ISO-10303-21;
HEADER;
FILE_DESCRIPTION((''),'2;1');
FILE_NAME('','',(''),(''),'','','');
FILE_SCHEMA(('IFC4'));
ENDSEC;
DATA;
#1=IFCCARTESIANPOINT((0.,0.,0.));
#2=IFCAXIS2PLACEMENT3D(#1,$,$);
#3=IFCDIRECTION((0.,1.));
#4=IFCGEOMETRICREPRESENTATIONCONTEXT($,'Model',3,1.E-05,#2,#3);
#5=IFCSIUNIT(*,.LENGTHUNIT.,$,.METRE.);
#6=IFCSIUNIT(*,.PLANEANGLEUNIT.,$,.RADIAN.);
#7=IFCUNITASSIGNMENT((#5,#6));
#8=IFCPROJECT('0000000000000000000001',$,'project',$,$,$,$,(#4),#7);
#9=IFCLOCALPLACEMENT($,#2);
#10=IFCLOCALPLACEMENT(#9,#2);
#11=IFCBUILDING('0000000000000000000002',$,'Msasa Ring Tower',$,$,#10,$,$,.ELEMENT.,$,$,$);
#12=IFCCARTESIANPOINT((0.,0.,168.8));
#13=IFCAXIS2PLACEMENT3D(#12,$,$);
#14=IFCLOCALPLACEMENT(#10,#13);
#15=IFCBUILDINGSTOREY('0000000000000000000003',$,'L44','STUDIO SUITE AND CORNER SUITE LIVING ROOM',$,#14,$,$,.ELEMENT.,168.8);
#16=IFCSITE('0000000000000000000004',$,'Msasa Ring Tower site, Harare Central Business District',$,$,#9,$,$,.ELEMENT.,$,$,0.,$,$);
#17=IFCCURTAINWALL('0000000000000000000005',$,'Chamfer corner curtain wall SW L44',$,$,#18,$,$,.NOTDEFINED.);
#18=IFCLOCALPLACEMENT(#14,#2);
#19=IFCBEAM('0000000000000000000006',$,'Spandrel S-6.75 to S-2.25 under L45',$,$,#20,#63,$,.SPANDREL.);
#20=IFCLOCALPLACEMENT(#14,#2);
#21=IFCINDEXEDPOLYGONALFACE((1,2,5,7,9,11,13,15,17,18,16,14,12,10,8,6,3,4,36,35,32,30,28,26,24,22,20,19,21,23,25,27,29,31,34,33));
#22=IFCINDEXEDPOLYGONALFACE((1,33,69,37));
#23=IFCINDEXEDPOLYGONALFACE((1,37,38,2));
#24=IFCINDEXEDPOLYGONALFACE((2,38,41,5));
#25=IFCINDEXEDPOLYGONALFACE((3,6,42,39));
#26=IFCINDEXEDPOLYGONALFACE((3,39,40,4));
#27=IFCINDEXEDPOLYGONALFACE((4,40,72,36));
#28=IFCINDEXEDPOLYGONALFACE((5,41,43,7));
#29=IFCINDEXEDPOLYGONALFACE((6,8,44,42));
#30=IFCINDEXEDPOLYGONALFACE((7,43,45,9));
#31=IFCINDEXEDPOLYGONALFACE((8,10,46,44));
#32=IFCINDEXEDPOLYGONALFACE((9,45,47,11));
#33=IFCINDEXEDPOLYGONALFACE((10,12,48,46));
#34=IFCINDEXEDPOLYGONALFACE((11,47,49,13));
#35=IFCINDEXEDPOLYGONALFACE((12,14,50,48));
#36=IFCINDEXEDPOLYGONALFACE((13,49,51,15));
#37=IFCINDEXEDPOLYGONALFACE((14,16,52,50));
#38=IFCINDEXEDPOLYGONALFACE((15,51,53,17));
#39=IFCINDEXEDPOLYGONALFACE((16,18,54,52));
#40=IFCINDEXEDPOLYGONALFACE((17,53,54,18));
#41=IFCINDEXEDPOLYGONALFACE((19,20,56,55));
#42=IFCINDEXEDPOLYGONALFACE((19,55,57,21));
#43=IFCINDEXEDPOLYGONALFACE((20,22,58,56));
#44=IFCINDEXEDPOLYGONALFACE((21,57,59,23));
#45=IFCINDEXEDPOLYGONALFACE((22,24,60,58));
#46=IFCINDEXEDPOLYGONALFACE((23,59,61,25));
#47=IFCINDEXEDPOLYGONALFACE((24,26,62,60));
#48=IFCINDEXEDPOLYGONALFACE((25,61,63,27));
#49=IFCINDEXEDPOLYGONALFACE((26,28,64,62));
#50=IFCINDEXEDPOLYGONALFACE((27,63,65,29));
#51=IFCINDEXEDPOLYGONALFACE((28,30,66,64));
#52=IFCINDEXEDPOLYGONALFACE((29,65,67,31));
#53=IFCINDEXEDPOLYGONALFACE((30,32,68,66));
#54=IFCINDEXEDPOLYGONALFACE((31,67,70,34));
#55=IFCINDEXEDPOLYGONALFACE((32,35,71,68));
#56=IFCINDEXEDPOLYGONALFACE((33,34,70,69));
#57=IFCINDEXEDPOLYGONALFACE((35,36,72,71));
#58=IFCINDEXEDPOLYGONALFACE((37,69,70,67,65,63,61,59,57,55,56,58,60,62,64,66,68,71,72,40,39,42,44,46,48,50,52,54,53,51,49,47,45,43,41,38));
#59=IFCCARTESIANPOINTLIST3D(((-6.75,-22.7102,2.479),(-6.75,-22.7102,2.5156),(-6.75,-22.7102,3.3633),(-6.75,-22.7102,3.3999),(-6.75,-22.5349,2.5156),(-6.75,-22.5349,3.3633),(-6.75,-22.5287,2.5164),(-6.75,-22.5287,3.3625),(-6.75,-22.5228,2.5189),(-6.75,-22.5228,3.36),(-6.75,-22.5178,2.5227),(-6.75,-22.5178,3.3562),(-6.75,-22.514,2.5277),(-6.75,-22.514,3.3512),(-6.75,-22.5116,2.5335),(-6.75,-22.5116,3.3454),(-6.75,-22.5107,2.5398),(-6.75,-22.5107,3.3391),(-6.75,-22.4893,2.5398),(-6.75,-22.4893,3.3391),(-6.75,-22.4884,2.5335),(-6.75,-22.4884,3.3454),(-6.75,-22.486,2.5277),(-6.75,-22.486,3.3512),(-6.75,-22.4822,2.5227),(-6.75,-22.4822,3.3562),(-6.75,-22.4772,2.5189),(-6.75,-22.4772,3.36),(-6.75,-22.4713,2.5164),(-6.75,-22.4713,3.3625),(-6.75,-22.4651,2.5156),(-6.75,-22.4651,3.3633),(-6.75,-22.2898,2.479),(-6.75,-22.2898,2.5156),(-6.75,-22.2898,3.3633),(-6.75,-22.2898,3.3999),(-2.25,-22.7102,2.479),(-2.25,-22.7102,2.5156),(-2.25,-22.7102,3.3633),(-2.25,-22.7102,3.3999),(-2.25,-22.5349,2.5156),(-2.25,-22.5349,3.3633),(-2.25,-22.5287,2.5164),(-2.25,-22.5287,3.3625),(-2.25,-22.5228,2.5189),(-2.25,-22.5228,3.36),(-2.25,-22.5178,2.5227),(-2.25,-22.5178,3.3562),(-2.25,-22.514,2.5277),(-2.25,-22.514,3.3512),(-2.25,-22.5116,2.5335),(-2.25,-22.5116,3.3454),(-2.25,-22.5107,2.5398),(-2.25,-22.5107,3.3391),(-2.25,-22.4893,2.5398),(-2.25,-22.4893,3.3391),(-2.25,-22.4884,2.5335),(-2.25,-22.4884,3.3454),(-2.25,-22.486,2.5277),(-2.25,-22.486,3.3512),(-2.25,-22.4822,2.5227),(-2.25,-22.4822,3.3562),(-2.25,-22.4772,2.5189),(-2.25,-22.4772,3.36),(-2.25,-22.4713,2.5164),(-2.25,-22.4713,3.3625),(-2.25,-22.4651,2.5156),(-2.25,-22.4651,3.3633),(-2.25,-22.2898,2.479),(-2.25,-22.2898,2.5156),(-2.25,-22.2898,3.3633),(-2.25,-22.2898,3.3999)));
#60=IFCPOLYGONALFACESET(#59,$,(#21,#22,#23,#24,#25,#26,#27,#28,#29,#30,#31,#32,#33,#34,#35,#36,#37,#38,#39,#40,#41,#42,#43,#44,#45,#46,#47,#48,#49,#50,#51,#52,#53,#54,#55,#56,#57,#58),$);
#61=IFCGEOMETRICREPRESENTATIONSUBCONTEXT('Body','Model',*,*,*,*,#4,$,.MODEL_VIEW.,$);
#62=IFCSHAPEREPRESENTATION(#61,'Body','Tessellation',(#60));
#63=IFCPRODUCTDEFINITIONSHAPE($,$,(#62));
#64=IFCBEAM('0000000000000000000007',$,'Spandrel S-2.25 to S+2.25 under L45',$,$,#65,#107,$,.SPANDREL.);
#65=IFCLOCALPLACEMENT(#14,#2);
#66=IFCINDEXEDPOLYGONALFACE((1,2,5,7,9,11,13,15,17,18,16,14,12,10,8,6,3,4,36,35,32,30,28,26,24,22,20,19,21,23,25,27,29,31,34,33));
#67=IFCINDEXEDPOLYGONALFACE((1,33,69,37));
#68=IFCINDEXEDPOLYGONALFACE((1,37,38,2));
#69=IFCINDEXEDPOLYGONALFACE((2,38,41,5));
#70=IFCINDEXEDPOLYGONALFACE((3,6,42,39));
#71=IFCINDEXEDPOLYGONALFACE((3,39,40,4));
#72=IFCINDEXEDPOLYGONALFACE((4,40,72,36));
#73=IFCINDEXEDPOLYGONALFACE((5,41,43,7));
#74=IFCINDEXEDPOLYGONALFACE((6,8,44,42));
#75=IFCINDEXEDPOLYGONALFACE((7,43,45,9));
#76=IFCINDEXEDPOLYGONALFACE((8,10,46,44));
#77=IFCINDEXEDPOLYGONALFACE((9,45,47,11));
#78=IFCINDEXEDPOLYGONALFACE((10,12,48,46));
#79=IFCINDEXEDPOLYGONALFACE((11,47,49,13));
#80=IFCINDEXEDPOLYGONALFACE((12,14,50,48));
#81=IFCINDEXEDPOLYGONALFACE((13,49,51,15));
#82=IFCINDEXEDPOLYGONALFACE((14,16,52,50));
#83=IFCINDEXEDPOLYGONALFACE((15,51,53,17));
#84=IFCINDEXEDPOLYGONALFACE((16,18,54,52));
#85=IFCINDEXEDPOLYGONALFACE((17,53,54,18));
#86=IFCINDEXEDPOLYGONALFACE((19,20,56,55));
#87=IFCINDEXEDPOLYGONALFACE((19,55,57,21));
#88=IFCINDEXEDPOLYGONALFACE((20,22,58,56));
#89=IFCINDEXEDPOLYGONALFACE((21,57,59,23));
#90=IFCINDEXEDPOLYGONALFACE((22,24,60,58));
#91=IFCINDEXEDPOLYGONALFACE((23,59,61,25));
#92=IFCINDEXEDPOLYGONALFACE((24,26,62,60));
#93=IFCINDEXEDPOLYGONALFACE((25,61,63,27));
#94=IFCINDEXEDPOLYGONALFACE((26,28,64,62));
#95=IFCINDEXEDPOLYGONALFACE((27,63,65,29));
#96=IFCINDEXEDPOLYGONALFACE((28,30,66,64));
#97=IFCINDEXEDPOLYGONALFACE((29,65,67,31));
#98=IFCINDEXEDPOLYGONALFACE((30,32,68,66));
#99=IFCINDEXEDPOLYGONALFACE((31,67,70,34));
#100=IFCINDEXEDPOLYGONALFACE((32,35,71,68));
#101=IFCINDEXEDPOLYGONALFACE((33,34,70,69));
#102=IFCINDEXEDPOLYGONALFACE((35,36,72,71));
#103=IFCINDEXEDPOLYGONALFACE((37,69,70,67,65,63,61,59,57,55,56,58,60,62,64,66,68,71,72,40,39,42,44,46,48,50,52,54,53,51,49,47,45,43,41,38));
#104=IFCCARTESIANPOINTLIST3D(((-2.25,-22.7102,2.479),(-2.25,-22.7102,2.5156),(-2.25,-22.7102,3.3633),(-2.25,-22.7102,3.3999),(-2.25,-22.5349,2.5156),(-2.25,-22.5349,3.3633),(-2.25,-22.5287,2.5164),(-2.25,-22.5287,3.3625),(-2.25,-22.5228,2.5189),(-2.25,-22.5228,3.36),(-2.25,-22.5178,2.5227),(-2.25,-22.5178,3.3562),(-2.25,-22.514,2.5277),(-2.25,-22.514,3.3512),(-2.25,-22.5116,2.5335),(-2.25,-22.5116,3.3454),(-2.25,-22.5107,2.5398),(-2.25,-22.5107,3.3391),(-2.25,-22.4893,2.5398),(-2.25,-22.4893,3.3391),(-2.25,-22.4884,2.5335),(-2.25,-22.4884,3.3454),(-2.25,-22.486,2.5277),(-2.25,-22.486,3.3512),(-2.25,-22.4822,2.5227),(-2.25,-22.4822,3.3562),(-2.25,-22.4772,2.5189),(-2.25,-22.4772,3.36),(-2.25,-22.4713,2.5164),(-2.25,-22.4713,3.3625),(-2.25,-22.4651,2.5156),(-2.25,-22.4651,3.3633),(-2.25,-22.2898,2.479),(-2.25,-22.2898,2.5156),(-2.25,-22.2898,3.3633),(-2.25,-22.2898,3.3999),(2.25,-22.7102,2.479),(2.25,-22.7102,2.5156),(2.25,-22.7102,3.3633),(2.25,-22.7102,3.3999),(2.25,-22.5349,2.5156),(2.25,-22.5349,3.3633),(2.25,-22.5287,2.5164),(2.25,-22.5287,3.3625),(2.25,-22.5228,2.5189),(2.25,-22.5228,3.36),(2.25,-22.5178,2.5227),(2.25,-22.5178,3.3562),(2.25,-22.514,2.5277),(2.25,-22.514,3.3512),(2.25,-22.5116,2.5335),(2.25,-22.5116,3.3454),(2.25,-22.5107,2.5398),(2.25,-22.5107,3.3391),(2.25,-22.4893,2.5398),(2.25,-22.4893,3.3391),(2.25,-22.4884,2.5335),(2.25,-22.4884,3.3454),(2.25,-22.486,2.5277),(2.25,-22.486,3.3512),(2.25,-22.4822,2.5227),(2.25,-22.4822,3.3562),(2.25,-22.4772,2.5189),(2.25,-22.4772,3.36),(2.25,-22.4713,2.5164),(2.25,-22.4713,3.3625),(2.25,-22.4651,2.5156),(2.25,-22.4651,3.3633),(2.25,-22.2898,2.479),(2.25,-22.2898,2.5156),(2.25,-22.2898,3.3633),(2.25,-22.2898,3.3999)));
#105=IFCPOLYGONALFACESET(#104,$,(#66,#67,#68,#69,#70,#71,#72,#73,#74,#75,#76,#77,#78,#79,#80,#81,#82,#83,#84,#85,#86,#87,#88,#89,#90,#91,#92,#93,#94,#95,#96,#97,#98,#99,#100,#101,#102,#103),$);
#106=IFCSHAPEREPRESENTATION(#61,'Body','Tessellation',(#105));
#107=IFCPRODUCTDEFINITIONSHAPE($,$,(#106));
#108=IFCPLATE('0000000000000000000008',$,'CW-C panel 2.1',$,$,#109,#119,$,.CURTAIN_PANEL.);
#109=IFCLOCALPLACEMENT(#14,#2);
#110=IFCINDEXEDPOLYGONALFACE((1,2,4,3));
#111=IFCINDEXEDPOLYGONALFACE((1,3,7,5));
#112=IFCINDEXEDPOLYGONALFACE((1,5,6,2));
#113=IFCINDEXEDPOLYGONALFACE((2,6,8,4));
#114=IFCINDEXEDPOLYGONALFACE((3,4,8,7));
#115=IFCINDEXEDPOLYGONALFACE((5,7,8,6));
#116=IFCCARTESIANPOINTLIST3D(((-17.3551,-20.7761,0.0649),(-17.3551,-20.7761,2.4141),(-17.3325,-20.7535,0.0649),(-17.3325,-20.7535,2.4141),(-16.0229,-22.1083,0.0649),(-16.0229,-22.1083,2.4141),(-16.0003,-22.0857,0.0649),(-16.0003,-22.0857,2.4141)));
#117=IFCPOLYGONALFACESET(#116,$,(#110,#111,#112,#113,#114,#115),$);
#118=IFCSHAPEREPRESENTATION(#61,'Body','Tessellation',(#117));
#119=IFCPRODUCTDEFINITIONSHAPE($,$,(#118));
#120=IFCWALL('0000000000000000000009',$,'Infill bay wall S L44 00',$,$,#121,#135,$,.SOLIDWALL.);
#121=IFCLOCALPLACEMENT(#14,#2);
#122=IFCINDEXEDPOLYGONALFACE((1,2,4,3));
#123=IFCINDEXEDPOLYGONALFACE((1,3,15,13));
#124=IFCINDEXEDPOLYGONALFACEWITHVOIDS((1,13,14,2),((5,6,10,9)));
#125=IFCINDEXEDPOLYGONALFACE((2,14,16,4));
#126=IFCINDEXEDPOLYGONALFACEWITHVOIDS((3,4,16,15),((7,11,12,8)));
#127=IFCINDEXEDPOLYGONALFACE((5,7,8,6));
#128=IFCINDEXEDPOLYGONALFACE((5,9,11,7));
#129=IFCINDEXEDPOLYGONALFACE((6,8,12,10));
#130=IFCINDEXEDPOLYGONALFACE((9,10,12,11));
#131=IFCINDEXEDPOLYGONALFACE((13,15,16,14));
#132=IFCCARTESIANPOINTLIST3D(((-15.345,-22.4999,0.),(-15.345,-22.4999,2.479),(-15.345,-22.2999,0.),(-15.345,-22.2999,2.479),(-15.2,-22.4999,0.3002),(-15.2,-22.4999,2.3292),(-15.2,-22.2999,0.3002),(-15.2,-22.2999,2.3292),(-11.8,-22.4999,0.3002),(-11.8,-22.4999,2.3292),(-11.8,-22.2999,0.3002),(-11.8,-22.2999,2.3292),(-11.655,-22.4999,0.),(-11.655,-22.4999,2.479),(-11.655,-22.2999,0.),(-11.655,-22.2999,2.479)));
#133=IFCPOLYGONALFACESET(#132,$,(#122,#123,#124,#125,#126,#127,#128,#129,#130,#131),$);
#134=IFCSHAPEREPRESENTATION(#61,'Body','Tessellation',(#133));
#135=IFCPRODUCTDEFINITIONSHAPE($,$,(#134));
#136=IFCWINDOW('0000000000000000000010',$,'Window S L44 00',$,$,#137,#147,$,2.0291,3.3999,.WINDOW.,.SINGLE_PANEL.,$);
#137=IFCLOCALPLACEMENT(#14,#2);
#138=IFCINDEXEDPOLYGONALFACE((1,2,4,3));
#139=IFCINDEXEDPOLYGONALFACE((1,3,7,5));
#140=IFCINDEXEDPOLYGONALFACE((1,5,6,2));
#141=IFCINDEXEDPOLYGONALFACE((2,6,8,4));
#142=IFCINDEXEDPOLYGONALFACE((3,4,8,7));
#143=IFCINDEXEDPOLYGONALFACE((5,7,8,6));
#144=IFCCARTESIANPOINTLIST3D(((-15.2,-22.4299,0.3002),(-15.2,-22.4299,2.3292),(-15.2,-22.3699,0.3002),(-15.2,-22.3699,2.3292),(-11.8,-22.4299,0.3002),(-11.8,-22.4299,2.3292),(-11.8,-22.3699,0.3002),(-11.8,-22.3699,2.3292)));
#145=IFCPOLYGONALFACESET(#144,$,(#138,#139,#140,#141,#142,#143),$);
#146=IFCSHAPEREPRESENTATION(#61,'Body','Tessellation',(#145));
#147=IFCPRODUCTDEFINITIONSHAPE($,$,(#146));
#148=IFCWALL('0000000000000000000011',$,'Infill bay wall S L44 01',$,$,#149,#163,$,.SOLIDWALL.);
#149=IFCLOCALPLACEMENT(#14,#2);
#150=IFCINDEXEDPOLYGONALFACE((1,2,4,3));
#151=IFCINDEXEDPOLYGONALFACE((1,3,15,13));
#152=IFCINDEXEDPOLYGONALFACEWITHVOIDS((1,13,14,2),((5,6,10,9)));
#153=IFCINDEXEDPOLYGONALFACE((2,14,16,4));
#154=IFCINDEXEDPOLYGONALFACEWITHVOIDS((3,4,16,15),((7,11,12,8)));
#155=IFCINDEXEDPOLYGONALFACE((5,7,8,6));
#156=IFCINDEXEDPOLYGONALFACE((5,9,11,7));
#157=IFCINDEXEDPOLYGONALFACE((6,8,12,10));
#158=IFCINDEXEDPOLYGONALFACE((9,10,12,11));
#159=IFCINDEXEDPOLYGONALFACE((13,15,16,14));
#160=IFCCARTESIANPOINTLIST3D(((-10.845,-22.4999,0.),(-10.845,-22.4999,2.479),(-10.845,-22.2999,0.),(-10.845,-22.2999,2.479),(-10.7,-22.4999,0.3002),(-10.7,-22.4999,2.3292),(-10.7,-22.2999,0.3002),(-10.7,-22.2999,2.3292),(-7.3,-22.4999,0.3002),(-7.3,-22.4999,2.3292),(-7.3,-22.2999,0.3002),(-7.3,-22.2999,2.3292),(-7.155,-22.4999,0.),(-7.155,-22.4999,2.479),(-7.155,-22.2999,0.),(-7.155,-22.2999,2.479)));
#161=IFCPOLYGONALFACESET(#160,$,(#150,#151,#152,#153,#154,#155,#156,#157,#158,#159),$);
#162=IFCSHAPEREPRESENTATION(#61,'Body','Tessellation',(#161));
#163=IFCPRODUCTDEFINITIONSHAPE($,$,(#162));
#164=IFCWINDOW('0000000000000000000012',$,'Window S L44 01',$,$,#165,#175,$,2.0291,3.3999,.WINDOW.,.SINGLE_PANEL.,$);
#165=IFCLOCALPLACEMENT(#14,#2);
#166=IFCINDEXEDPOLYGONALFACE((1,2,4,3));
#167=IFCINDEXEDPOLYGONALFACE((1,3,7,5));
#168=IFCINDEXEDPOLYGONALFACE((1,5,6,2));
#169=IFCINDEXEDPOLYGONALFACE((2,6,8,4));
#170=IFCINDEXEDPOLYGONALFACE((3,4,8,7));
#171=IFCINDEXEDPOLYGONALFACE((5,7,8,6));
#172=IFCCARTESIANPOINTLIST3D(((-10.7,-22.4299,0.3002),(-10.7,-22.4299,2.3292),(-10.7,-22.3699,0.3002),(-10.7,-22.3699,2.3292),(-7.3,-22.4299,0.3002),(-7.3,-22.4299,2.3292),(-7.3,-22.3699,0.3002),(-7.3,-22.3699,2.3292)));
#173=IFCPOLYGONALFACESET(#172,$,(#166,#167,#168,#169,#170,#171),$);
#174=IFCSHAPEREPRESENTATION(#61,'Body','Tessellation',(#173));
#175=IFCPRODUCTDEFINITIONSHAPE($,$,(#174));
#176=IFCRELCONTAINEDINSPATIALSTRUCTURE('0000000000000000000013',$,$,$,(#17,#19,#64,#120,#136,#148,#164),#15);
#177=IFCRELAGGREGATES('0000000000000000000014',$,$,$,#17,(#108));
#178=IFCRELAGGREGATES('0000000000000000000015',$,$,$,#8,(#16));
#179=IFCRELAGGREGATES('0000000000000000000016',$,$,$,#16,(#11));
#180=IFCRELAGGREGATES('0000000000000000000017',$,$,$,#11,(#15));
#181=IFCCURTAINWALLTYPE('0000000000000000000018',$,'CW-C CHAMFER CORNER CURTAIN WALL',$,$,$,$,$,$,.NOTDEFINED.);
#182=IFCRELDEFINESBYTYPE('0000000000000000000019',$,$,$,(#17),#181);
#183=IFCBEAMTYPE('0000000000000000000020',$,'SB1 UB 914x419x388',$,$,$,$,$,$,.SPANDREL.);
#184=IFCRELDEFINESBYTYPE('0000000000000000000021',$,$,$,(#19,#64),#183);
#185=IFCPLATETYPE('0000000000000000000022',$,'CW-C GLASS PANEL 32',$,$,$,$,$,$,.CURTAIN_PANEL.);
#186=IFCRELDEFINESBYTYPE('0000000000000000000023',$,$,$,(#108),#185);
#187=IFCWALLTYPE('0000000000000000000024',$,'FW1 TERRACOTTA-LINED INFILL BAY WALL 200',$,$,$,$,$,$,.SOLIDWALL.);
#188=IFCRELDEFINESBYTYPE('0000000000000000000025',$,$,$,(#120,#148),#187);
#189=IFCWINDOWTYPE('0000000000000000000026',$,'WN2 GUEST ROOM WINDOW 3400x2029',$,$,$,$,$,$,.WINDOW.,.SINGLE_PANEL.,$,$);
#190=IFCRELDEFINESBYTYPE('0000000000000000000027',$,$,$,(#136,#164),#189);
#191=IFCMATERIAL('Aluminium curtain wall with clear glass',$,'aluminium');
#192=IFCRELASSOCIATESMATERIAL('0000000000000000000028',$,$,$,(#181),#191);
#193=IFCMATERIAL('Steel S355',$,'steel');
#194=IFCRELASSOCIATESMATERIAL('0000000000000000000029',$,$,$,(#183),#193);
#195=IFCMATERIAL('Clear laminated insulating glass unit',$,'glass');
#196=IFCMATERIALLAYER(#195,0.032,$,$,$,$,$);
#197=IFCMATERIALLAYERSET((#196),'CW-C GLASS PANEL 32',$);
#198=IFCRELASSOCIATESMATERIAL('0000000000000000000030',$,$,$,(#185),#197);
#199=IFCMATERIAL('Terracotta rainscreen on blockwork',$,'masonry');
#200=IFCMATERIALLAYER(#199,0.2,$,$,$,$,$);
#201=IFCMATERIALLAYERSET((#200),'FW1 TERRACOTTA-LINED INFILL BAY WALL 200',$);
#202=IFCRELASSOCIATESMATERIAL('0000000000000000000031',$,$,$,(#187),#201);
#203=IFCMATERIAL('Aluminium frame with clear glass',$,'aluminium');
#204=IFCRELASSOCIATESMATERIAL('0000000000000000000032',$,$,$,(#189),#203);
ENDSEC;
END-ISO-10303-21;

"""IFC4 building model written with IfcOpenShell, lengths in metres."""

from ifc_helpers import new_model, si_unit, direction, frame, frame_2d, origin, origin_2d, place, context, subcontext, project, spatial, rectangle, i_section, extrude, material, layer, layer_set, material_profile, profile_set, type_object, element, fill, aggregate, save


model = new_model("IFC4")

# Units and contexts
model_context = context("Model", 3, precision=1e-05, world=origin(), true_north=direction((0.0, 1.0)))
body_context = subcontext(model_context, "Body", "Model", "MODEL_VIEW")
ifc_project = project(units=[si_unit("LENGTHUNIT", "METRE"), si_unit("PLANEANGLEUNIT", "RADIAN")], contexts=[model_context])

# Site, building, storey
site_placement = place(None, origin())
site = spatial("IfcSite", under=ifc_project, at=site_placement, Name="Msasa Ring Tower site, Harare Central Business District", CompositionType="ELEMENT", RefElevation=0.0)
building_placement = place(site_placement, origin())
building = spatial("IfcBuilding", under=site, at=building_placement, Name="Msasa Ring Tower", CompositionType="ELEMENT")
storey_placement = place(building_placement, frame((0.0, 0.0, 168.8)))
storey = spatial("IfcBuildingStorey", under=building, at=storey_placement, Name="L44", Description="STUDIO SUITE AND CORNER SUITE LIVING ROOM", CompositionType="ELEMENT", Elevation=168.8)

# Curtain wall
ifc_material_1 = material(Name="Aluminium curtain wall with clear glass", Category="aluminium")
curtain_wall_type = type_object("IfcCurtainWallType", Name="CW-C CHAMFER CORNER CURTAIN WALL", PredefinedType="NOTDEFINED", material=ifc_material_1)
curtain_wall_placement = place(storey_placement, origin())
curtain_wall = element("IfcCurtainWall", 1, at=curtain_wall_placement, inside=storey, type_object=curtain_wall_type, Name="Chamfer corner curtain wall SW L44", PredefinedType="NOTDEFINED")

# Beams
ifc_material_2 = material(Name="Steel S355", Category="steel")
ifc_material_profile_1 = material_profile(ifc_material_2, i_section(OverallWidth=0.4204, OverallDepth=0.9209, WebThickness=0.0215, FlangeThickness=0.0366, FilletRadius=0.0242, at=origin_2d()), Name="UB 914x419x388")
ifc_profile_set_1 = profile_set([ifc_material_profile_1], Name="Steel S355")
beam_type_1 = type_object("IfcBeamType", Name="SB1 UB 914x419x388", PredefinedType="SPANDREL", material=ifc_profile_set_1)
for number, where, z_axis, x_axis, name in (
    (2, (-6.75, -22.5, 2.9395), (1.0, 0.0, 0.0), (0.0, 1.0, 0.0), "Spandrel S-6.75 to S-2.25 under L45"),
    (3, (-2.25, -22.5, 2.9395), (1.0, 0.0, 0.0), (0.0, 1.0, 0.0), "Spandrel S-2.25 to S+2.25 under L45"),
):
    element("IfcBeam", number, at=place(storey_placement, frame(where, z_axis=z_axis, x_axis=x_axis)), inside=storey, type_object=beam_type_1, Name=name, PredefinedType="SPANDREL", context=body_context, shape_type="SweptSolid", body=[
        extrude(i_section(OverallWidth=0.4204, OverallDepth=0.9209, WebThickness=0.0215, FlangeThickness=0.0366, FilletRadius=0.0242, at=origin_2d()), origin(), (0.0, 0.0, 1.0), 4.5),
    ])

# Plate
ifc_material_3 = material(Name="Clear laminated insulating glass unit", Category="glass")
ifc_layer_1 = layer(ifc_material_3, 0.032)
ifc_layer_set_1 = layer_set([ifc_layer_1], Name="CW-C GLASS PANEL 32")
plate_type = type_object("IfcPlateType", Name="CW-C GLASS PANEL 32", PredefinedType="CURTAIN_PANEL", material=ifc_layer_set_1)
plate_placement = place(storey_placement, frame((-16.6777, -21.4309, 0.0649), z_axis=(0.0, 0.0, 1.0), x_axis=(0.707107, -0.707107, 0.0)))
plate = element("IfcPlate", 4, at=plate_placement, type_object=plate_type, Name="CW-C panel 2.1", PredefinedType="CURTAIN_PANEL", context=body_context, shape_type="SweptSolid", body=[
    extrude(rectangle(XDim=1.884, YDim=0.032, at=origin_2d()), origin(), (0.0, 0.0, 1.0), 2.3491),
])
aggregate(curtain_wall, [plate])

# Walls, openings, windows
ifc_material_4 = material(Name="Terracotta rainscreen on blockwork", Category="masonry")
ifc_layer_2 = layer(ifc_material_4, 0.2)
ifc_layer_set_2 = layer_set([ifc_layer_2], Name="FW1 TERRACOTTA-LINED INFILL BAY WALL 200")
wall_type_1 = type_object("IfcWallType", Name="FW1 TERRACOTTA-LINED INFILL BAY WALL 200", PredefinedType="SOLIDWALL", material=ifc_layer_set_2)
wall_1_placement = place(storey_placement, frame((-15.345, -22.3999, 0.0), z_axis=(0.0, 0.0, 1.0), x_axis=(1.0, 0.0, 0.0)))
wall_1 = element("IfcWall", 5, at=wall_1_placement, inside=storey, type_object=wall_type_1, Name="Infill bay wall S L44 00", PredefinedType="SOLIDWALL", context=body_context, shape_type="SweptSolid", body=[
    extrude(rectangle(XDim=3.6899, YDim=0.2, at=frame_2d((1.845, 0.0))), origin(), (0.0, 0.0, 1.0), 2.479),
])
opening_1_placement = place(wall_1_placement, frame((0.145, 0.0, 0.3)))
opening_1 = element("IfcOpeningElement", 6, at=opening_1_placement, cuts=wall_1, PredefinedType="OPENING", context=body_context, shape_type="SweptSolid", body=[
    extrude(rectangle(XDim=3.3999, YDim=2.0291, at=frame_2d((1.7, 1.0146))), frame((0.0, 0.1099, 0.0), z_axis=(0.0, -1.0, 0.0), x_axis=(1.0, 0.0, 0.0)), (0.0, 0.0, 1.0), 0.22),
])
ifc_material_5 = material(Name="Aluminium frame with clear glass", Category="aluminium")
window_type = type_object("IfcWindowType", Name="WN2 GUEST ROOM WINDOW 3400x2029", PartitioningType="SINGLE_PANEL", PredefinedType="WINDOW", material=ifc_material_5)
window_1_placement = place(opening_1_placement, origin())
window_1 = element("IfcWindow", 7, at=window_1_placement, inside=storey, type_object=window_type, Name="Window S L44 00", OverallHeight=2.0291, OverallWidth=3.3999, PartitioningType="SINGLE_PANEL", PredefinedType="WINDOW", context=body_context, shape_type="SweptSolid", body=[
    extrude(rectangle(XDim=3.3999, YDim=2.0291, at=frame_2d((1.7, 1.0146))), frame((0.0, 0.03, 0.0), z_axis=(0.0, -1.0, 0.0), x_axis=(1.0, 0.0, 0.0)), (0.0, 0.0, 1.0), 0.0601),
])
fill(opening_1, window_1)
wall_2_placement = place(storey_placement, frame((-10.845, -22.3999, 0.0), z_axis=(0.0, 0.0, 1.0), x_axis=(1.0, 0.0, 0.0)))
wall_2 = element("IfcWall", 8, at=wall_2_placement, inside=storey, type_object=wall_type_1, Name="Infill bay wall S L44 01", PredefinedType="SOLIDWALL", context=body_context, shape_type="SweptSolid", body=[
    extrude(rectangle(XDim=3.6899, YDim=0.2, at=frame_2d((1.845, 0.0))), origin(), (0.0, 0.0, 1.0), 2.479),
])
opening_2_placement = place(wall_2_placement, frame((0.145, 0.0, 0.3)))
opening_2 = element("IfcOpeningElement", 9, at=opening_2_placement, cuts=wall_2, PredefinedType="OPENING", context=body_context, shape_type="SweptSolid", body=[
    extrude(rectangle(XDim=3.3999, YDim=2.0291, at=frame_2d((1.7, 1.0146))), frame((0.0, 0.1099, 0.0), z_axis=(0.0, -1.0, 0.0), x_axis=(1.0, 0.0, 0.0)), (0.0, 0.0, 1.0), 0.22),
])
window_2_placement = place(opening_2_placement, origin())
window_2 = element("IfcWindow", 10, at=window_2_placement, inside=storey, type_object=window_type, Name="Window S L44 01", OverallHeight=2.0291, OverallWidth=3.3999, PartitioningType="SINGLE_PANEL", PredefinedType="WINDOW", context=body_context, shape_type="SweptSolid", body=[
    extrude(rectangle(XDim=3.3999, YDim=2.0291, at=frame_2d((1.7, 1.0146))), frame((0.0, 0.03, 0.0), z_axis=(0.0, -1.0, 0.0), x_axis=(1.0, 0.0, 0.0)), (0.0, 0.0, 1.0), 0.0601),
])
fill(opening_2, window_2)

save(model, "model.ifc")
